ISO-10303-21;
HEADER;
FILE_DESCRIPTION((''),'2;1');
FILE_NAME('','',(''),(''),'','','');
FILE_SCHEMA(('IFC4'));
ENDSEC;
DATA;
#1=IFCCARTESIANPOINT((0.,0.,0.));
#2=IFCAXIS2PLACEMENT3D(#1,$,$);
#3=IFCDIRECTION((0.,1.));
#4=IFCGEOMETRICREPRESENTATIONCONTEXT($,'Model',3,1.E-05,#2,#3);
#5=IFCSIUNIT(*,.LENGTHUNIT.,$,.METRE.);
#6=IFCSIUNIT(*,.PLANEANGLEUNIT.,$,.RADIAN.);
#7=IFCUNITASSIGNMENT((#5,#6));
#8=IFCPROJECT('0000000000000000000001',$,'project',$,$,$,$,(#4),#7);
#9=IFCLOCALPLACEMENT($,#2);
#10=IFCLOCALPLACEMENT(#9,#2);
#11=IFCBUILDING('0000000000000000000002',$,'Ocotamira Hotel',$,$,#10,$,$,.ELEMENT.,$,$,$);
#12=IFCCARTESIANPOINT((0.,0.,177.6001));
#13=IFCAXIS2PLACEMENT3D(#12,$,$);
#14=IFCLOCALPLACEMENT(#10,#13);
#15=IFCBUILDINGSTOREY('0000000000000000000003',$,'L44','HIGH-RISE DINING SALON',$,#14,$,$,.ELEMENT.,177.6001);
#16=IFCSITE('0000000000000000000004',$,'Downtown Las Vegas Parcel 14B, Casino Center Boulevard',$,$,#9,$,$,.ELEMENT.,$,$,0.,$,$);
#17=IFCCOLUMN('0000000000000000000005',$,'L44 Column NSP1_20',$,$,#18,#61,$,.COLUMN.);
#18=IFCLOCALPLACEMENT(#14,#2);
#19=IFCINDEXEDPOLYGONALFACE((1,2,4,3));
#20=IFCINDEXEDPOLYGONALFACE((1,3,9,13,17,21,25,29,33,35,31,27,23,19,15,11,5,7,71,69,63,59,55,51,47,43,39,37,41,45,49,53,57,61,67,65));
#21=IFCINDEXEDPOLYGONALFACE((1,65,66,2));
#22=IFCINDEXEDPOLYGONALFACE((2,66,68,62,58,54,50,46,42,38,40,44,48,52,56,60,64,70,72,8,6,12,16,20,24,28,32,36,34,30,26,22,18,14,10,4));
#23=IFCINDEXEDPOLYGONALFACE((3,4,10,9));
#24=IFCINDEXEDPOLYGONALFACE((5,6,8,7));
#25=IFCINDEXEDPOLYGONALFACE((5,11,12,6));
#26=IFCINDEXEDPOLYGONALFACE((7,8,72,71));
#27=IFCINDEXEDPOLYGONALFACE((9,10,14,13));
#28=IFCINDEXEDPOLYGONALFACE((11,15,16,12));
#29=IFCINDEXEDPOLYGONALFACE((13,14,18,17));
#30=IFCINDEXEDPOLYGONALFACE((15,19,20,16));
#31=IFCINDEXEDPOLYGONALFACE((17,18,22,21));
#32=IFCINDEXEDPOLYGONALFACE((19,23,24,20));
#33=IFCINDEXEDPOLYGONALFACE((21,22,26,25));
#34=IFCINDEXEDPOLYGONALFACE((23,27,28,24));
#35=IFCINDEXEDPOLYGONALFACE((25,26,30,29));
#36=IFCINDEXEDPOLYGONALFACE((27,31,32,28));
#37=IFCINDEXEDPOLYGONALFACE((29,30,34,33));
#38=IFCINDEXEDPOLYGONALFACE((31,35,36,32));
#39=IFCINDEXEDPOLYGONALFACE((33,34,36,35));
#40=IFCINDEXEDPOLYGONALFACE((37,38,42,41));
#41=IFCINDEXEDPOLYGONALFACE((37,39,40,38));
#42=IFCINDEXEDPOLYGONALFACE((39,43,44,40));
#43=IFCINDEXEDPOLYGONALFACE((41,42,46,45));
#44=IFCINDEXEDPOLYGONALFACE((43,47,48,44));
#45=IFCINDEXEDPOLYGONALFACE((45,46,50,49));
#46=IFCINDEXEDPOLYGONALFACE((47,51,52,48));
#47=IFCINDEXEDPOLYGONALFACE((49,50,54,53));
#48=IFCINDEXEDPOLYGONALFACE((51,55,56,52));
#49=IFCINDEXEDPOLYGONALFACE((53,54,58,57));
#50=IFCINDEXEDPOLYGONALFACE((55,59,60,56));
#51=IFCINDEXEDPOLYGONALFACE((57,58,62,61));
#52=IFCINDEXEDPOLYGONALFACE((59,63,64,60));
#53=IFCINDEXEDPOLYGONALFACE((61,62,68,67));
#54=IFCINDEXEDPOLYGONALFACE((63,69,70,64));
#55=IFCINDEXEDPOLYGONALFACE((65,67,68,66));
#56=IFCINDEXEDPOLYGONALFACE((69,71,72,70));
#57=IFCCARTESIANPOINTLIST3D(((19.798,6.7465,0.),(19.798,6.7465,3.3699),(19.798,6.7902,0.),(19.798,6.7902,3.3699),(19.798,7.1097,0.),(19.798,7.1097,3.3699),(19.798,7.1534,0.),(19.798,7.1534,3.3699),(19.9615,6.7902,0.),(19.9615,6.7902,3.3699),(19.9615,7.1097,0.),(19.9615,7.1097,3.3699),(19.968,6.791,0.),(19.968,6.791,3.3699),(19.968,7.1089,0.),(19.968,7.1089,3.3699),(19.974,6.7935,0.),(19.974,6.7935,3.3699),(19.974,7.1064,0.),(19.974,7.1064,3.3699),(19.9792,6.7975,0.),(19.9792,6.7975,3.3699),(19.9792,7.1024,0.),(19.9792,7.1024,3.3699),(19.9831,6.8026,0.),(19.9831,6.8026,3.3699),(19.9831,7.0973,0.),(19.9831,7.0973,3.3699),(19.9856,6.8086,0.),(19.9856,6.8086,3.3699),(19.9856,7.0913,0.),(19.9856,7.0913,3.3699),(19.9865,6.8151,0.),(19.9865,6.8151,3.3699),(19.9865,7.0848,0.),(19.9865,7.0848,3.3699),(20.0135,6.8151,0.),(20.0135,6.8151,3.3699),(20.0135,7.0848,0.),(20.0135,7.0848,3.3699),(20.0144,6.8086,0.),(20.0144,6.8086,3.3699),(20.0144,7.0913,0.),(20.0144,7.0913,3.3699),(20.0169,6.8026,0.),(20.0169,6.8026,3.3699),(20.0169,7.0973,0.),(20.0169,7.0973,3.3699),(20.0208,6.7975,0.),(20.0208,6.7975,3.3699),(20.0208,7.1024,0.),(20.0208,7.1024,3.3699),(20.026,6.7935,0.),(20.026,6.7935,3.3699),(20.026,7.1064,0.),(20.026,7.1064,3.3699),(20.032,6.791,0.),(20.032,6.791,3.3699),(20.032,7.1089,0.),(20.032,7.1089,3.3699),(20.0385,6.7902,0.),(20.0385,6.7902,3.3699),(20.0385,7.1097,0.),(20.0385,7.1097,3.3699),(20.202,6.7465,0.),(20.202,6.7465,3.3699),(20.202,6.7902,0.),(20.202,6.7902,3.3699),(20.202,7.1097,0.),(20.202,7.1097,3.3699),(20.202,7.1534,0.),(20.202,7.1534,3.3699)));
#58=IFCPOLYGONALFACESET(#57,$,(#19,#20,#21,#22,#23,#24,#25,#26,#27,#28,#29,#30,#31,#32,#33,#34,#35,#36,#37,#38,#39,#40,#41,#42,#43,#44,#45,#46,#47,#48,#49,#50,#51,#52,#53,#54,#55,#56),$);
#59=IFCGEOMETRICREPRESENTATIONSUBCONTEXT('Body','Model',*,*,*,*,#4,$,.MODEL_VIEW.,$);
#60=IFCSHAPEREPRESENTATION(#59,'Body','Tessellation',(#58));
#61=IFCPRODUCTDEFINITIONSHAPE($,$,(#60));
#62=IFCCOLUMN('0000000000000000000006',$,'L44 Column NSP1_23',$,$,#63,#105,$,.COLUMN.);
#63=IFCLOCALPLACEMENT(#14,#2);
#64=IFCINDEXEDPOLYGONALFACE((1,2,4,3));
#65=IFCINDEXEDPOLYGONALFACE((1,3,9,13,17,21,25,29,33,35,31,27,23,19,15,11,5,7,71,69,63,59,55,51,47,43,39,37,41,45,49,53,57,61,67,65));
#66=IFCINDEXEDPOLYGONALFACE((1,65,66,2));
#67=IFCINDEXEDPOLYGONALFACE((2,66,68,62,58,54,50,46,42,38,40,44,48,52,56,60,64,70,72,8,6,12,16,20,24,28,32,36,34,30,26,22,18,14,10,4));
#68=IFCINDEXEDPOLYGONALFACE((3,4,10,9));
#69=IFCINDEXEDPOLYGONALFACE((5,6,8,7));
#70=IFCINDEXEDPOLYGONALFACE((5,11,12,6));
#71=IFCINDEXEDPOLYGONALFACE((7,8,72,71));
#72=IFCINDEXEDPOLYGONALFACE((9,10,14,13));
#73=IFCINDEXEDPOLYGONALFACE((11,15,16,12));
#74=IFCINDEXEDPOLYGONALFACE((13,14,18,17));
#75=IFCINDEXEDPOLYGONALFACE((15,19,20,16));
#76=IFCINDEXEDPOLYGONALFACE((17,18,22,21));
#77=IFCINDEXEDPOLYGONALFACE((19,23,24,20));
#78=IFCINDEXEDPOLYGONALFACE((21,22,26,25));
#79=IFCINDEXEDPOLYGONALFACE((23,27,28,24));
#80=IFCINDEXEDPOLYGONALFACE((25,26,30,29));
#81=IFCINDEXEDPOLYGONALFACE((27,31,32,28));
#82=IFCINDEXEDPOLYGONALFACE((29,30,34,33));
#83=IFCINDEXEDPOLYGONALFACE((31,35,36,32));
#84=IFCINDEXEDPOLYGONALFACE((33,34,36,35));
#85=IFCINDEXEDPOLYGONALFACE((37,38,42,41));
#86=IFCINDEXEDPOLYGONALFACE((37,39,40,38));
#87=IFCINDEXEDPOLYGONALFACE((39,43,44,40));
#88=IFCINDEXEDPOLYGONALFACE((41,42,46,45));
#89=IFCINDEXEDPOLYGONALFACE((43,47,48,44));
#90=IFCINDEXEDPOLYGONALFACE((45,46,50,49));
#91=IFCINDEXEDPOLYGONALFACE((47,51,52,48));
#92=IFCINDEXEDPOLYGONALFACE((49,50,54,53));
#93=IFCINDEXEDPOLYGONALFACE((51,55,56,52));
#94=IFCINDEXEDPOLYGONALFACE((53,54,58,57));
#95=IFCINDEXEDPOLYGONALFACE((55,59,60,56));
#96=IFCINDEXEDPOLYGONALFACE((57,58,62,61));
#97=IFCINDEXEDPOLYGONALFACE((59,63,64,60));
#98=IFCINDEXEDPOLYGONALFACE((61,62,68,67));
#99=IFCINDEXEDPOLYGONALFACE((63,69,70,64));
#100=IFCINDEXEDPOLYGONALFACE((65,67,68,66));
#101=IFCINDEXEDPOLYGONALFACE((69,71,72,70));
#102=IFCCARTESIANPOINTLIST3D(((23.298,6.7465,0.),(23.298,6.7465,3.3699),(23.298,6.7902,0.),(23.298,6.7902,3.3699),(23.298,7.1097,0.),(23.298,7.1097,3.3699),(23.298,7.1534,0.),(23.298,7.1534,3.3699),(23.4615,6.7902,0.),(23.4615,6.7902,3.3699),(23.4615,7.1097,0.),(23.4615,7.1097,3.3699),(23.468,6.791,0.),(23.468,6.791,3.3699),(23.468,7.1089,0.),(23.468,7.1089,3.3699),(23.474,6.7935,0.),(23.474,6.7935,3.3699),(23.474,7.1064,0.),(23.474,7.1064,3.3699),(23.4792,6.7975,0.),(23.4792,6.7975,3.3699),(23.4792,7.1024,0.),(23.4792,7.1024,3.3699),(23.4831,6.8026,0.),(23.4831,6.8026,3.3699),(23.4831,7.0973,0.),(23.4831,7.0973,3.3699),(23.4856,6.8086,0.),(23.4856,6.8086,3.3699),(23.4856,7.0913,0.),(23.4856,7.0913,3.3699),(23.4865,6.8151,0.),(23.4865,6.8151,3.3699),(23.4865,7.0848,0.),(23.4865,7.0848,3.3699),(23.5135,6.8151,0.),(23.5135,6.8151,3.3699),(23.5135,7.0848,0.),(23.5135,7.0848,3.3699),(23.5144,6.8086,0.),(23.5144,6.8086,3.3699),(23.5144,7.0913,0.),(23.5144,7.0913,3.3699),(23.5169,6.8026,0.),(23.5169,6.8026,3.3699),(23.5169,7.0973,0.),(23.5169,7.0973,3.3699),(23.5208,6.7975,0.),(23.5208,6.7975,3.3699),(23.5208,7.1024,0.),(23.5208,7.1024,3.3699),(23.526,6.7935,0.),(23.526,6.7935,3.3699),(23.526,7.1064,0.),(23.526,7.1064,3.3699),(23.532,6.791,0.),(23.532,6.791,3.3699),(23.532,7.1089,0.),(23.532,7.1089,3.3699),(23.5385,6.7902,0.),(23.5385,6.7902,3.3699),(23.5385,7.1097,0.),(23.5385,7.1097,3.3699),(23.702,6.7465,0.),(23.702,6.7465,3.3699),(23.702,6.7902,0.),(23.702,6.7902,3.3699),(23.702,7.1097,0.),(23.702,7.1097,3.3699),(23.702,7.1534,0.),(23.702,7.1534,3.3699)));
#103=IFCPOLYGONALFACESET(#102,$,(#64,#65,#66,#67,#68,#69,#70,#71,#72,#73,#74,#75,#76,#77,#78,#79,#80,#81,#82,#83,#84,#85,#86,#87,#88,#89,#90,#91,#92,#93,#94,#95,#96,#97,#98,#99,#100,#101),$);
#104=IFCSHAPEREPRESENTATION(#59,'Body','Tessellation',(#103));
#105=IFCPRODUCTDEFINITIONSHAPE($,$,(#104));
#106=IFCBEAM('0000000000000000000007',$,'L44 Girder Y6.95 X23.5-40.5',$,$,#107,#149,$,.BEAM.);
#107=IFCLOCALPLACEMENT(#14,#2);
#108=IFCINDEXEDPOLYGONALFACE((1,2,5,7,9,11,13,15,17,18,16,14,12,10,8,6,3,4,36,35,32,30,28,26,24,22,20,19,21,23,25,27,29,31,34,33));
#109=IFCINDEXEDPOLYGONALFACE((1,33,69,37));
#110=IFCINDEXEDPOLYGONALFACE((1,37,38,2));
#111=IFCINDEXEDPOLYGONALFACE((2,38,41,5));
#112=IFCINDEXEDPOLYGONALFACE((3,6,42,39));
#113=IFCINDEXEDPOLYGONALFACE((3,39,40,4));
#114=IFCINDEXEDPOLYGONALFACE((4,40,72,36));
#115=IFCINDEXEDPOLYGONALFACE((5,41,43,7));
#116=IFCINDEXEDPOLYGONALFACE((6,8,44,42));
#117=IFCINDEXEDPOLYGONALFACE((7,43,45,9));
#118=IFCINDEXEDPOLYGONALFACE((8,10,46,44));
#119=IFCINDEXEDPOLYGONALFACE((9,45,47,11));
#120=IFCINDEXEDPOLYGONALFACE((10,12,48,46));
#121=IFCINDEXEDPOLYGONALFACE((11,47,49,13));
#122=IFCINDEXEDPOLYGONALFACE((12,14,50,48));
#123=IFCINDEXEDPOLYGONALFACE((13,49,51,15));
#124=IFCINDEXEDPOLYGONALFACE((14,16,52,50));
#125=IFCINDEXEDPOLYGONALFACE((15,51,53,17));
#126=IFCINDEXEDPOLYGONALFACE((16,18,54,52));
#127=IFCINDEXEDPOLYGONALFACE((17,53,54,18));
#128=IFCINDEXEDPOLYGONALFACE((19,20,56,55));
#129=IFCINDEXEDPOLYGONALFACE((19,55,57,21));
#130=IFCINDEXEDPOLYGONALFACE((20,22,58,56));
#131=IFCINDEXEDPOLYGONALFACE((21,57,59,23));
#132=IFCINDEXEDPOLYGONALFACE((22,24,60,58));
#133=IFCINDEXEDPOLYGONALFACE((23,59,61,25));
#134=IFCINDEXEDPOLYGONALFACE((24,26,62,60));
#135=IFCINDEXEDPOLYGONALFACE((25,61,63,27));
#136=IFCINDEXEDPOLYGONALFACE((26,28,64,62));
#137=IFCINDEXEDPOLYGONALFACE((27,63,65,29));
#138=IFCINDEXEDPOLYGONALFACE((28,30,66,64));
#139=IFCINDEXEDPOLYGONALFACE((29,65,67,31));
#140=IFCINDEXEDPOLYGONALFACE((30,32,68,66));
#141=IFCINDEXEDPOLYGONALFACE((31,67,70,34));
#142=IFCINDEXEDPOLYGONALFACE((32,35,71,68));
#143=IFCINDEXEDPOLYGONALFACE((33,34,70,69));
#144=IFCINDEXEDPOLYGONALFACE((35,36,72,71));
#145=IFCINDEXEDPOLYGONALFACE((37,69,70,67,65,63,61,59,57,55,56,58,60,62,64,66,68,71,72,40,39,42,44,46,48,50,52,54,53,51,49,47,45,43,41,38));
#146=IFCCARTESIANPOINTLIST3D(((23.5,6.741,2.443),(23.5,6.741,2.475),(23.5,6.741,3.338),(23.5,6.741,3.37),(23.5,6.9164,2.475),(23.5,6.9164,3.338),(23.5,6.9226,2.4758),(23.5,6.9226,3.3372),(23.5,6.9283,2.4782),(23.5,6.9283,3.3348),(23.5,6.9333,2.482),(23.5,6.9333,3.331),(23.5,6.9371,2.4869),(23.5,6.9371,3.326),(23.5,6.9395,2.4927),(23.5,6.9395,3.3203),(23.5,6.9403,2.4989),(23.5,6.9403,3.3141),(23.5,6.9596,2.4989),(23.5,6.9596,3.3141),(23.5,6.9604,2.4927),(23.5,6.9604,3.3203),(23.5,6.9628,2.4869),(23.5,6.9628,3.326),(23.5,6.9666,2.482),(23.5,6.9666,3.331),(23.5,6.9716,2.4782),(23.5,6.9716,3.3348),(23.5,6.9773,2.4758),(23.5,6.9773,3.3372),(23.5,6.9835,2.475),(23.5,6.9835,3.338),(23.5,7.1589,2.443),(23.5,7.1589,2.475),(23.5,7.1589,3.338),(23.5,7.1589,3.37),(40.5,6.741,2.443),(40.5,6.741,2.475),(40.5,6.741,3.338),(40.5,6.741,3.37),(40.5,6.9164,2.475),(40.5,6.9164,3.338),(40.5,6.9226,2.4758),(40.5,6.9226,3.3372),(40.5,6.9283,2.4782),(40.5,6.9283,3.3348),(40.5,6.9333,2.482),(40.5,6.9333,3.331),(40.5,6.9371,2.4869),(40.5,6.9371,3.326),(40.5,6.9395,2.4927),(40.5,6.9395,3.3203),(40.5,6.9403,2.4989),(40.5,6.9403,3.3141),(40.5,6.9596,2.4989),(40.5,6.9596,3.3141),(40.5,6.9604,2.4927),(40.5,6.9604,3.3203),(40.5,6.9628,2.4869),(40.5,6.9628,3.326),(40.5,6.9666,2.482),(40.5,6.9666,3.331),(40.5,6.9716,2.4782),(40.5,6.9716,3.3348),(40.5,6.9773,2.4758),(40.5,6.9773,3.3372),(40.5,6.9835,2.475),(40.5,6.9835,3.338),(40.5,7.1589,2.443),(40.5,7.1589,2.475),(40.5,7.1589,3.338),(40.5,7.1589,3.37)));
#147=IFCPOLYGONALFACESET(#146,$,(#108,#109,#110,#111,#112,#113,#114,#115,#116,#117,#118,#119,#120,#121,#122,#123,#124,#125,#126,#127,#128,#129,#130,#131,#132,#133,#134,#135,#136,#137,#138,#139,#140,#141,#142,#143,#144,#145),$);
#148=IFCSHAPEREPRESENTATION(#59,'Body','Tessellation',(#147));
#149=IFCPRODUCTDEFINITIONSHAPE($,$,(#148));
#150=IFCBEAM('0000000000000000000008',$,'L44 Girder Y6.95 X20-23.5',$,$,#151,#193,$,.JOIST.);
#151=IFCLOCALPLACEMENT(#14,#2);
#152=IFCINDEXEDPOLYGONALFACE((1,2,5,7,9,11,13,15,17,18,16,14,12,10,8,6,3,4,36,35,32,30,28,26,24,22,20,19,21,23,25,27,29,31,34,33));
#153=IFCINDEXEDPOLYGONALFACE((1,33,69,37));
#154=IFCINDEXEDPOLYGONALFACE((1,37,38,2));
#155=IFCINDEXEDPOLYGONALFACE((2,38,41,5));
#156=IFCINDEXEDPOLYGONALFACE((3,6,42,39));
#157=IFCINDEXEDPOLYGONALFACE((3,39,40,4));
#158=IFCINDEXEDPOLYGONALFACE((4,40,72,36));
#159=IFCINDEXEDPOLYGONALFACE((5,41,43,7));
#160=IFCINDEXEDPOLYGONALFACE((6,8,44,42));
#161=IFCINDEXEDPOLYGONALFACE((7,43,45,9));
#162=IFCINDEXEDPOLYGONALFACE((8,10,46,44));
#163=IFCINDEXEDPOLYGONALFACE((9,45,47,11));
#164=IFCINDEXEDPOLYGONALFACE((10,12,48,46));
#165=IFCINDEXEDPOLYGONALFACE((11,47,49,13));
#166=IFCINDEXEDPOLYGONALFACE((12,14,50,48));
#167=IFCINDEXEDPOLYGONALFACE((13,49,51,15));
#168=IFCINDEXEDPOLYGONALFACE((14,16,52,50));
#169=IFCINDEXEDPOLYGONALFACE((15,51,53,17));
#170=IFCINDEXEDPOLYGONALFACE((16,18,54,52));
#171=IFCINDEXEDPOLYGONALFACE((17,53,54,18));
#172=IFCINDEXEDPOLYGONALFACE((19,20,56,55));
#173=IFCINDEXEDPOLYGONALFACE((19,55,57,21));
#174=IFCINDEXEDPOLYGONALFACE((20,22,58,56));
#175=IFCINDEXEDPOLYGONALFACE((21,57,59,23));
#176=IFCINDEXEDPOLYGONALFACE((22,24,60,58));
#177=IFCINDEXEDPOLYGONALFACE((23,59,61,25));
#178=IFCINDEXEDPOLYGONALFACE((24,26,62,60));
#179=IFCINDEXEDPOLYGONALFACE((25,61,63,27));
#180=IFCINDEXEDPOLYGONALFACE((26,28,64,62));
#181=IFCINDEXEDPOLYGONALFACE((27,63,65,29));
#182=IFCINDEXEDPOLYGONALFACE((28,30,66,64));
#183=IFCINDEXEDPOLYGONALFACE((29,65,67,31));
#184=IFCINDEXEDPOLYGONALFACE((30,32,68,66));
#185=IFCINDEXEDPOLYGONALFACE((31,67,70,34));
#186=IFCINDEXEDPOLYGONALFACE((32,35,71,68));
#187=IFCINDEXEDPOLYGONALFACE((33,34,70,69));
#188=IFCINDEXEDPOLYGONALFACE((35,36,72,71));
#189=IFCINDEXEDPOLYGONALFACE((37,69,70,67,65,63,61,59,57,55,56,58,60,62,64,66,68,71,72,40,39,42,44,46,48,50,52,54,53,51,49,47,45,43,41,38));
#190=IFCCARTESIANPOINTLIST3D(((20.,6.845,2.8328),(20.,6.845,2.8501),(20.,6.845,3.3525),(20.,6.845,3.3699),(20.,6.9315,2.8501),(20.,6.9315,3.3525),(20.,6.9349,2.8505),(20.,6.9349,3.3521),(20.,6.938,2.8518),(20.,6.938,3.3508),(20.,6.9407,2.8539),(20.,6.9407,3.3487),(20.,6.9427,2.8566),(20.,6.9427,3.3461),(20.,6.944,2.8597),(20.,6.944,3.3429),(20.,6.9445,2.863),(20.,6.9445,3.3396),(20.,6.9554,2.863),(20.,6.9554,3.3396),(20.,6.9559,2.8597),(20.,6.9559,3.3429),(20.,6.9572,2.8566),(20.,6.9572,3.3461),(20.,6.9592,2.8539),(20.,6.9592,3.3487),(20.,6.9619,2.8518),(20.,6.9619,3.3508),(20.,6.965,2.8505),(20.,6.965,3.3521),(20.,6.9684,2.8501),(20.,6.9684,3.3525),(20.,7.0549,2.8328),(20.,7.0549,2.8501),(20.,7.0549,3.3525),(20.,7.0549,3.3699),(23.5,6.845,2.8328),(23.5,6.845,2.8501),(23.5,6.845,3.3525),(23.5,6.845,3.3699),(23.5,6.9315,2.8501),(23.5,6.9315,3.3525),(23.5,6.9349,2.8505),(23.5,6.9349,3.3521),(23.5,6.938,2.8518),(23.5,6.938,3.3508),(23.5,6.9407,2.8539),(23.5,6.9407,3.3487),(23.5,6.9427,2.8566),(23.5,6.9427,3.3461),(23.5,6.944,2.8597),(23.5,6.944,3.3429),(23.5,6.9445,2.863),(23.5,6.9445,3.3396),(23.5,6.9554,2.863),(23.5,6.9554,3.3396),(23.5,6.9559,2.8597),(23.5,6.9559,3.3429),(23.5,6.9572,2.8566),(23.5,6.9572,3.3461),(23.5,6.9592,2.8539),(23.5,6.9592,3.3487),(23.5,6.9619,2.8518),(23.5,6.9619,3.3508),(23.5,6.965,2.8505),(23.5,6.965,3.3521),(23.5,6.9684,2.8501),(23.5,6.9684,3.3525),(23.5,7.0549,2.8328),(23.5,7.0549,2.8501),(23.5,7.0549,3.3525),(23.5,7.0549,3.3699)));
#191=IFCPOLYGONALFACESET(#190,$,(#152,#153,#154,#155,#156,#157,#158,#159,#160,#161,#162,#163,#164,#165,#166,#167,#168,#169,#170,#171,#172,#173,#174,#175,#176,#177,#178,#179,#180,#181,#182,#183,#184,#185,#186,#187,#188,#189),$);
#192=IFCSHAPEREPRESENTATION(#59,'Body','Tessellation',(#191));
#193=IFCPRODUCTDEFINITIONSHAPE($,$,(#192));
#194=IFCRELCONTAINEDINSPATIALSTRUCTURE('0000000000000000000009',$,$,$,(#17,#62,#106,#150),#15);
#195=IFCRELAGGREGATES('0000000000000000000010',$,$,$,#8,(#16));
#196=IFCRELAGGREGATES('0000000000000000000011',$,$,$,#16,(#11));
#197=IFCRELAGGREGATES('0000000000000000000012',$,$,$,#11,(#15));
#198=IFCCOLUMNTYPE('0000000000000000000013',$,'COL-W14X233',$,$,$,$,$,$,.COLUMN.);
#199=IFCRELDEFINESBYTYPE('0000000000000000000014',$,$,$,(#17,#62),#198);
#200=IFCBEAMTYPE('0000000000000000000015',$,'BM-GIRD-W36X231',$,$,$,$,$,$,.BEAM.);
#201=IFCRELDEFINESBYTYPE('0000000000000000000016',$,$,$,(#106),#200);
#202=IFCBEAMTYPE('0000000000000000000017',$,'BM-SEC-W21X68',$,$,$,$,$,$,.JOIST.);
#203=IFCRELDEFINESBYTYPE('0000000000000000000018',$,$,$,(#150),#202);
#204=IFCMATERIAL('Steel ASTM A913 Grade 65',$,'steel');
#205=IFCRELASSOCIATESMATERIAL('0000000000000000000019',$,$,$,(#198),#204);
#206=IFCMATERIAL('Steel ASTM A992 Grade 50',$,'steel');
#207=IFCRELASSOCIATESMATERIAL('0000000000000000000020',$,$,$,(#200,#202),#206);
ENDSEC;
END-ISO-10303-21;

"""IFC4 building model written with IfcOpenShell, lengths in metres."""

from ifc_helpers import new_model, si_unit, direction, frame, origin, origin_2d, place, context, subcontext, project, spatial, i_section, extrude, source, transform, mapped, material, material_profile, profile_set, type_object, element, save


model = new_model("IFC4")

# Units and contexts
model_context = context("Model", 3, precision=1e-05, world=origin(), true_north=direction((0.0, 1.0)))
body_context = subcontext(model_context, "Body", "Model", "MODEL_VIEW")
ifc_project = project(units=[si_unit("LENGTHUNIT", "METRE"), si_unit("PLANEANGLEUNIT", "RADIAN")], contexts=[model_context])

# Site, building, storey
site_placement = place(None, origin())
site = spatial("IfcSite", under=ifc_project, at=site_placement, Name="Downtown Las Vegas Parcel 14B, Casino Center Boulevard", CompositionType="ELEMENT", RefElevation=0.0)
building_placement = place(site_placement, origin())
building = spatial("IfcBuilding", under=site, at=building_placement, Name="Ocotamira Hotel", CompositionType="ELEMENT")
storey_placement = place(building_placement, frame((0.0, 0.0, 177.6001)))
storey = spatial("IfcBuildingStorey", under=building, at=storey_placement, Name="L44", Description="HIGH-RISE DINING SALON", CompositionType="ELEMENT", Elevation=177.6001)

# Columns
ifc_material_1 = material(Name="Steel ASTM A913 Grade 65", Category="steel")
ifc_material_profile_1 = material_profile(ifc_material_1, i_section(OverallWidth=0.4041, OverallDepth=0.407, WebThickness=0.0271, FlangeThickness=0.0437, FilletRadius=0.0249, at=origin_2d()), Name="W14X233")
ifc_profile_set_1 = profile_set([ifc_material_profile_1], Name="Steel ASTM A913 Grade 65")
column_type = type_object("IfcColumnType", Name="COL-W14X233", PredefinedType="COLUMN", material=ifc_profile_set_1)
shared_shape_1 = source(origin(), body_context, "Body", "SweptSolid", [
    extrude(i_section(OverallWidth=0.4041, OverallDepth=0.407, WebThickness=0.0271, FlangeThickness=0.0437, FilletRadius=0.0249, at=origin_2d()), origin(), (0.0, 0.0, 1.0), 3.3699),
])
for number, where, z_axis, x_axis, name in (
    (1, (20.0, 6.95, 0.0), (0.0, 0.0, 1.0), (1.0, 0.0, 0.0), "L44 Column NSP1_20"),
    (2, (23.5, 6.95, 0.0), (0.0, 0.0, 1.0), (1.0, 0.0, 0.0), "L44 Column NSP1_23"),
):
    element("IfcColumn", number, at=place(storey_placement, frame(where, z_axis=z_axis, x_axis=x_axis)), inside=storey, type_object=column_type, Name=name, PredefinedType="COLUMN", context=body_context, shape_type="MappedRepresentation", body=[
        mapped(shared_shape_1, transform((0.0, 0.0, 0.0), scale=1.0)),
    ])

# Beams
ifc_material_2 = material(Name="Steel ASTM A992 Grade 50", Category="steel")
ifc_material_profile_2 = material_profile(ifc_material_2, i_section(OverallWidth=0.418, OverallDepth=0.927, WebThickness=0.0193, FlangeThickness=0.032, FilletRadius=0.0239, at=origin_2d()), Name="W36X231")
ifc_profile_set_2 = profile_set([ifc_material_profile_2], Name="Steel ASTM A992 Grade 50")
beam_type_1 = type_object("IfcBeamType", Name="BM-GIRD-W36X231", PredefinedType="BEAM", material=ifc_profile_set_2)
shared_shape_2 = source(origin(), body_context, "Body", "SweptSolid", [
    extrude(i_section(OverallWidth=0.418, OverallDepth=0.927, WebThickness=0.0193, FlangeThickness=0.032, FilletRadius=0.0239, at=origin_2d()), origin(), (0.0, 0.0, 1.0), 17.0),
])
beam_1_placement = place(storey_placement, frame((23.5, 6.95, 2.9065), z_axis=(1.0, 0.0, 0.0), x_axis=(0.0, 1.0, 0.0)))
element("IfcBeam", 3, at=beam_1_placement, inside=storey, type_object=beam_type_1, Name="L44 Girder Y6.95 X23.5-40.5", PredefinedType="BEAM", context=body_context, shape_type="MappedRepresentation", body=[
    mapped(shared_shape_2, transform((0.0, 0.0, 0.0), scale=1.0)),
])
ifc_material_profile_3 = material_profile(ifc_material_2, i_section(OverallWidth=0.21, OverallDepth=0.5371, WebThickness=0.011, FlangeThickness=0.0173, FilletRadius=0.0129, at=origin_2d()), Name="W21X68")
ifc_profile_set_3 = profile_set([ifc_material_profile_3], Name="Steel ASTM A992 Grade 50")
beam_type_2 = type_object("IfcBeamType", Name="BM-SEC-W21X68", PredefinedType="JOIST", material=ifc_profile_set_3)
shared_shape_3 = source(origin(), body_context, "Body", "SweptSolid", [
    extrude(i_section(OverallWidth=0.21, OverallDepth=0.5371, WebThickness=0.011, FlangeThickness=0.0173, FilletRadius=0.0129, at=origin_2d()), origin(), (0.0, 0.0, 1.0), 3.5),
])
beam_2_placement = place(storey_placement, frame((20.0, 6.95, 3.1013), z_axis=(1.0, 0.0, 0.0), x_axis=(0.0, 1.0, 0.0)))
element("IfcBeam", 4, at=beam_2_placement, inside=storey, type_object=beam_type_2, Name="L44 Girder Y6.95 X20-23.5", PredefinedType="JOIST", context=body_context, shape_type="MappedRepresentation", body=[
    mapped(shared_shape_3, transform((0.0, 0.0, 0.0), scale=1.0)),
])

save(model, "model.ifc")
